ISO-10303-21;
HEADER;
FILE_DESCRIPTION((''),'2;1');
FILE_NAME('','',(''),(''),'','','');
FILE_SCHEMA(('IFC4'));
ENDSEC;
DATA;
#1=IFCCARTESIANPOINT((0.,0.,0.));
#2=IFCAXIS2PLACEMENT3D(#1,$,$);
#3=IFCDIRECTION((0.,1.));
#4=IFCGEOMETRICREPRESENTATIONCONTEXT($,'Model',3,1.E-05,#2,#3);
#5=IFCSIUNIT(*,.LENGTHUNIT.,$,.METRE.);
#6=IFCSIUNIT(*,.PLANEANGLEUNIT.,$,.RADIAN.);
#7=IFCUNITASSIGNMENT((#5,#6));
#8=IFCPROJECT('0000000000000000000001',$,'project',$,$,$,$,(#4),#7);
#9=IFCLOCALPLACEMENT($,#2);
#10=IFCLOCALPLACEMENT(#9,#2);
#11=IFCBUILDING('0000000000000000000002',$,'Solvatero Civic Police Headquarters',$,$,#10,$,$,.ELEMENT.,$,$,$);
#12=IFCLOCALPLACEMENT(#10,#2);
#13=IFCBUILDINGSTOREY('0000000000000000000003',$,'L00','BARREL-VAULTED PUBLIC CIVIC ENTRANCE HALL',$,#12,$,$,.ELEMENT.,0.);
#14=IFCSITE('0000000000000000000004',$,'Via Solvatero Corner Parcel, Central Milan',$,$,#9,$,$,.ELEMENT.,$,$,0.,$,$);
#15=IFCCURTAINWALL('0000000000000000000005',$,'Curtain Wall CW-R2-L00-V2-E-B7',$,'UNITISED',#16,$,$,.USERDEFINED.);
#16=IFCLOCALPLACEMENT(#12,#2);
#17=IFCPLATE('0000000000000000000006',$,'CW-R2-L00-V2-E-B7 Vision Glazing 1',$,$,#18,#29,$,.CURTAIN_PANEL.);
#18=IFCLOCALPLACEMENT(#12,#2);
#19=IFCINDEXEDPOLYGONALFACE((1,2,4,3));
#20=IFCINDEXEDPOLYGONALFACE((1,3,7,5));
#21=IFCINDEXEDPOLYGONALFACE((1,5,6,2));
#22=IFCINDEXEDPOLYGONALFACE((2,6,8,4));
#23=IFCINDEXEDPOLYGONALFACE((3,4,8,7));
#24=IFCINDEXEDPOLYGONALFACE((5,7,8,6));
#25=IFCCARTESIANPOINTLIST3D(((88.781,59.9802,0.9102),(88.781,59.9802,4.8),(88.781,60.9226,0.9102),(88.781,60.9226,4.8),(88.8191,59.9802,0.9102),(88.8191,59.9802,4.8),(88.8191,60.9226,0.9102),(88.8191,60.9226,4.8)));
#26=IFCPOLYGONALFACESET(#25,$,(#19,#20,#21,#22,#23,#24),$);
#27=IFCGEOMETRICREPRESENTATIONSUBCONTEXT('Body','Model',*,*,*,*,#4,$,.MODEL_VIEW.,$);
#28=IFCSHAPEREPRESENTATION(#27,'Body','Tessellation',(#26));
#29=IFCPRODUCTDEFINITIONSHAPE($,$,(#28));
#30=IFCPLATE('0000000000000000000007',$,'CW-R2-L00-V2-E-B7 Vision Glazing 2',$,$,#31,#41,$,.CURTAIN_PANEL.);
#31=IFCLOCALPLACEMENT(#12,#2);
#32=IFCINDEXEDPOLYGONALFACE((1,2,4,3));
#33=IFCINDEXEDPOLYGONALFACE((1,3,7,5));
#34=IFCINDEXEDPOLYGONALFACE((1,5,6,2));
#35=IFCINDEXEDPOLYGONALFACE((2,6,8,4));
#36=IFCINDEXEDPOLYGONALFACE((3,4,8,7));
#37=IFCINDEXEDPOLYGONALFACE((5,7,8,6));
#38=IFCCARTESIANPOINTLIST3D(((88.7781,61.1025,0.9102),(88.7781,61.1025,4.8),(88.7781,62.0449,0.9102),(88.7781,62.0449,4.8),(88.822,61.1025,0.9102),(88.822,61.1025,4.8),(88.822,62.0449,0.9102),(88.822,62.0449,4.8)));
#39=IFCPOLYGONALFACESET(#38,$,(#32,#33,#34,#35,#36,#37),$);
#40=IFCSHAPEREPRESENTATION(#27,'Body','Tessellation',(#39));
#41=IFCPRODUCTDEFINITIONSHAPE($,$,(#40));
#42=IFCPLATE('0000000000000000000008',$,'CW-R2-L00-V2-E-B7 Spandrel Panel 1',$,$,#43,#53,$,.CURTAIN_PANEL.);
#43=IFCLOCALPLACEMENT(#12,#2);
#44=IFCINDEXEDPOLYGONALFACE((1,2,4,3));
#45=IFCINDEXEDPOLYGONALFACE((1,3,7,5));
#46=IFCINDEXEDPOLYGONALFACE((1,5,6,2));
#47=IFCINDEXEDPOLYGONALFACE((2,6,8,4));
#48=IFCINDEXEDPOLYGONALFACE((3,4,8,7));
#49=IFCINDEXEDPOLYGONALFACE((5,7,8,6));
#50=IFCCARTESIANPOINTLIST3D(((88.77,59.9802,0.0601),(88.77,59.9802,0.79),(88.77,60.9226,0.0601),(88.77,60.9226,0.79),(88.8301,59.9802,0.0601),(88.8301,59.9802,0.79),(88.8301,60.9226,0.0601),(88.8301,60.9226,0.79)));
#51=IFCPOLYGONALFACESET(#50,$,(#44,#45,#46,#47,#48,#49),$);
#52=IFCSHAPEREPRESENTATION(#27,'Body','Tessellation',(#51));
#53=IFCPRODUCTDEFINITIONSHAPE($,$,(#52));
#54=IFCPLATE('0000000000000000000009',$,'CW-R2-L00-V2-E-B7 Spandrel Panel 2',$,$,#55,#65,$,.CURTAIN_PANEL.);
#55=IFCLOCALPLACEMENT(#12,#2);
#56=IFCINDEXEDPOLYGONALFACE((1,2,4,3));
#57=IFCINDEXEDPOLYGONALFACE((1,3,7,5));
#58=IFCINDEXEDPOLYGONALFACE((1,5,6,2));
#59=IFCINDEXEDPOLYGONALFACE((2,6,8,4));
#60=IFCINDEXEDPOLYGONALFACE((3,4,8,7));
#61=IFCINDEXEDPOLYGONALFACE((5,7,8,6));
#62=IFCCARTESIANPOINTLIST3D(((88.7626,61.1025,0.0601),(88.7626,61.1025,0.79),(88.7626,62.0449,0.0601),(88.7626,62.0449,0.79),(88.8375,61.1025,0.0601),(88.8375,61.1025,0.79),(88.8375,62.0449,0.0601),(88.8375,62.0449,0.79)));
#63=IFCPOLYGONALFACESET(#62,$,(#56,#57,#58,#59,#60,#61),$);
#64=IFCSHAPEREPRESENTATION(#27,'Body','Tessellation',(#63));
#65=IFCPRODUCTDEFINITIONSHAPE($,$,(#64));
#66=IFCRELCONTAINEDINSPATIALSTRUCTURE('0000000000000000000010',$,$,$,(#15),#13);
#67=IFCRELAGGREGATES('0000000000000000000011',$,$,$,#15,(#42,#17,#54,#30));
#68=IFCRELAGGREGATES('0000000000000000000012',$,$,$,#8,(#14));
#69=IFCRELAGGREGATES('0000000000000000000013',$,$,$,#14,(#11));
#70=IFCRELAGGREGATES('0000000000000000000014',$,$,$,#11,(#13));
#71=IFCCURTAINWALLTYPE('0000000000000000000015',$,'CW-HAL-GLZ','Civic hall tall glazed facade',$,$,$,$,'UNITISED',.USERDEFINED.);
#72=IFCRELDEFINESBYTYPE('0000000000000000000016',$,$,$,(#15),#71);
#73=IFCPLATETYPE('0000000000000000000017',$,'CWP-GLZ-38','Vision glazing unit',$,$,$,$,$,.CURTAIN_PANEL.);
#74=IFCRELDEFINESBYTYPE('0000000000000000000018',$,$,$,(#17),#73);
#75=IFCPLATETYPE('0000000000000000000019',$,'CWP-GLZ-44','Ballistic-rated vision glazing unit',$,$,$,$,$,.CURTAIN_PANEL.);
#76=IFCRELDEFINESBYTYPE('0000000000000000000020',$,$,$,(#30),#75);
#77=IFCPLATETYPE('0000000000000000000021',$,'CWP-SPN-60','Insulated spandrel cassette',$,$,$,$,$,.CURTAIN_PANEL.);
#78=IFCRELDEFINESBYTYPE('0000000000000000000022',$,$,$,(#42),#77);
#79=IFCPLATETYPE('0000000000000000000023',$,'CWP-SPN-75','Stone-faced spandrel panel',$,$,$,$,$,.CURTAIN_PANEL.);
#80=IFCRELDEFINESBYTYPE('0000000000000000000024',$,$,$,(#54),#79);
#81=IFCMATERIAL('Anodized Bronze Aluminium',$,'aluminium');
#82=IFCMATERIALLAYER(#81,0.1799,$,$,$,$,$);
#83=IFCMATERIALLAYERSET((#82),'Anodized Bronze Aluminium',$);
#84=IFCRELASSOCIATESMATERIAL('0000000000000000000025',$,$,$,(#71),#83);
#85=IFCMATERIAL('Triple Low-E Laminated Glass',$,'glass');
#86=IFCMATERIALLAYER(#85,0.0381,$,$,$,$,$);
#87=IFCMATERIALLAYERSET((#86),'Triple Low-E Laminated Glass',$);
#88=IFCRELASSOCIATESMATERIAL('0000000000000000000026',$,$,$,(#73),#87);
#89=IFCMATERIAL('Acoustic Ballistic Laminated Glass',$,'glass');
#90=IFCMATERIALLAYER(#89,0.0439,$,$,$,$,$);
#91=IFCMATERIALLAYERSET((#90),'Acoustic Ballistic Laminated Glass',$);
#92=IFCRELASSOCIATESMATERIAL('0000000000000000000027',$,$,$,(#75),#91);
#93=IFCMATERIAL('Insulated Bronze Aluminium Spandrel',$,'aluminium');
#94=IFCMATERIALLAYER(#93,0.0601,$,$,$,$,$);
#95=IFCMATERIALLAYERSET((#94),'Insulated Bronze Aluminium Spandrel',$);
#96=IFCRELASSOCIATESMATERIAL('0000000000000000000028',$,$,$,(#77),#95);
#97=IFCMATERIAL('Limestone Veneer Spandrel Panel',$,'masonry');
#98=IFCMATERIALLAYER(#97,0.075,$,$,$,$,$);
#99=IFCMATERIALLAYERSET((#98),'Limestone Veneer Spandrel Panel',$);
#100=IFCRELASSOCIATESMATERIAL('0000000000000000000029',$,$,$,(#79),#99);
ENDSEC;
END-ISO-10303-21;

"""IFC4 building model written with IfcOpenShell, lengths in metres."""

from ifc_helpers import new_model, si_unit, direction, frame, origin, origin_2d, place, context, subcontext, project, spatial, rectangle, extrude, material, layer, layer_set, type_object, element, aggregate, save


model = new_model("IFC4")

# Units and contexts
model_context = context("Model", 3, precision=1e-05, world=origin(), true_north=direction((0.0, 1.0)))
body_context = subcontext(model_context, "Body", "Model", "MODEL_VIEW")
ifc_project = project(units=[si_unit("LENGTHUNIT", "METRE"), si_unit("PLANEANGLEUNIT", "RADIAN")], contexts=[model_context])

# Site, building, storey
site_placement = place(None, origin())
site = spatial("IfcSite", under=ifc_project, at=site_placement, Name="Via Solvatero Corner Parcel, Central Milan", CompositionType="ELEMENT", RefElevation=0.0)
building_placement = place(site_placement, origin())
building = spatial("IfcBuilding", under=site, at=building_placement, Name="Solvatero Civic Police Headquarters", CompositionType="ELEMENT")
storey_placement = place(building_placement, origin())
storey = spatial("IfcBuildingStorey", under=building, at=storey_placement, Name="L00", Description="BARREL-VAULTED PUBLIC CIVIC ENTRANCE HALL", CompositionType="ELEMENT", Elevation=0.0)

# Curtain wall
ifc_material_1 = material(Name="Anodized Bronze Aluminium", Category="aluminium")
ifc_layer_1 = layer(ifc_material_1, 0.1799)
ifc_layer_set_1 = layer_set([ifc_layer_1], Name="Anodized Bronze Aluminium")
curtain_wall_type = type_object("IfcCurtainWallType", Name="CW-HAL-GLZ", Description="Civic hall tall glazed facade", ElementType="UNITISED", PredefinedType="USERDEFINED", material=ifc_layer_set_1)
curtain_wall_1_placement = place(storey_placement, origin())
curtain_wall_1 = element("IfcCurtainWall", 1, at=curtain_wall_1_placement, inside=storey, type_object=curtain_wall_type, Name="Curtain Wall CW-R2-L00-V2-E-B7", ObjectType="UNITISED", PredefinedType="USERDEFINED")

# Plates
ifc_material_2 = material(Name="Triple Low-E Laminated Glass", Category="glass")
ifc_layer_2 = layer(ifc_material_2, 0.0381)
ifc_layer_set_2 = layer_set([ifc_layer_2], Name="Triple Low-E Laminated Glass")
plate_type_1 = type_object("IfcPlateType", Name="CWP-GLZ-38", Description="Vision glazing unit", PredefinedType="CURTAIN_PANEL", material=ifc_layer_set_2)
plate_1_placement = place(storey_placement, frame((88.8, 60.4514, 0.9102), z_axis=(0.0, 0.0, 1.0), x_axis=(0.0, 1.0, 0.0)))
plate_1 = element("IfcPlate", 2, at=plate_1_placement, type_object=plate_type_1, Name="CW-R2-L00-V2-E-B7 Vision Glazing 1", PredefinedType="CURTAIN_PANEL", context=body_context, shape_type="SweptSolid", body=[
    extrude(rectangle(XDim=0.9424, YDim=0.0381, at=origin_2d()), origin(), (0.0, 0.0, 1.0), 3.8899),
])
ifc_material_3 = material(Name="Acoustic Ballistic Laminated Glass", Category="glass")
ifc_layer_3 = layer(ifc_material_3, 0.0439)
ifc_layer_set_3 = layer_set([ifc_layer_3], Name="Acoustic Ballistic Laminated Glass")
plate_type_2 = type_object("IfcPlateType", Name="CWP-GLZ-44", Description="Ballistic-rated vision glazing unit", PredefinedType="CURTAIN_PANEL", material=ifc_layer_set_3)
plate_2_placement = place(storey_placement, frame((88.8, 61.5737, 0.9102), z_axis=(0.0, 0.0, 1.0), x_axis=(0.0, 1.0, 0.0)))
plate_2 = element("IfcPlate", 3, at=plate_2_placement, type_object=plate_type_2, Name="CW-R2-L00-V2-E-B7 Vision Glazing 2", PredefinedType="CURTAIN_PANEL", context=body_context, shape_type="SweptSolid", body=[
    extrude(rectangle(XDim=0.9424, YDim=0.0439, at=origin_2d()), origin(), (0.0, 0.0, 1.0), 3.8899),
])
ifc_material_4 = material(Name="Insulated Bronze Aluminium Spandrel", Category="aluminium")
ifc_layer_4 = layer(ifc_material_4, 0.0601)
ifc_layer_set_4 = layer_set([ifc_layer_4], Name="Insulated Bronze Aluminium Spandrel")
plate_type_3 = type_object("IfcPlateType", Name="CWP-SPN-60", Description="Insulated spandrel cassette", PredefinedType="CURTAIN_PANEL", material=ifc_layer_set_4)
plate_3_placement = place(storey_placement, frame((88.8, 60.4514, 0.0601), z_axis=(0.0, 0.0, 1.0), x_axis=(0.0, 1.0, 0.0)))
plate_3 = element("IfcPlate", 4, at=plate_3_placement, type_object=plate_type_3, Name="CW-R2-L00-V2-E-B7 Spandrel Panel 1", PredefinedType="CURTAIN_PANEL", context=body_context, shape_type="SweptSolid", body=[
    extrude(rectangle(XDim=0.9424, YDim=0.0601, at=origin_2d()), origin(), (0.0, 0.0, 1.0), 0.73),
])
ifc_material_5 = material(Name="Limestone Veneer Spandrel Panel", Category="masonry")
ifc_layer_5 = layer(ifc_material_5, 0.075)
ifc_layer_set_5 = layer_set([ifc_layer_5], Name="Limestone Veneer Spandrel Panel")
plate_type_4 = type_object("IfcPlateType", Name="CWP-SPN-75", Description="Stone-faced spandrel panel", PredefinedType="CURTAIN_PANEL", material=ifc_layer_set_5)
plate_4_placement = place(storey_placement, frame((88.8, 61.5737, 0.0601), z_axis=(0.0, 0.0, 1.0), x_axis=(0.0, 1.0, 0.0)))
plate_4 = element("IfcPlate", 5, at=plate_4_placement, type_object=plate_type_4, Name="CW-R2-L00-V2-E-B7 Spandrel Panel 2", PredefinedType="CURTAIN_PANEL", context=body_context, shape_type="SweptSolid", body=[
    extrude(rectangle(XDim=0.9424, YDim=0.075, at=origin_2d()), origin(), (0.0, 0.0, 1.0), 0.73),
])
aggregate(curtain_wall_1, [plate_3, plate_1, plate_4, plate_2])

save(model, "model.ifc")
